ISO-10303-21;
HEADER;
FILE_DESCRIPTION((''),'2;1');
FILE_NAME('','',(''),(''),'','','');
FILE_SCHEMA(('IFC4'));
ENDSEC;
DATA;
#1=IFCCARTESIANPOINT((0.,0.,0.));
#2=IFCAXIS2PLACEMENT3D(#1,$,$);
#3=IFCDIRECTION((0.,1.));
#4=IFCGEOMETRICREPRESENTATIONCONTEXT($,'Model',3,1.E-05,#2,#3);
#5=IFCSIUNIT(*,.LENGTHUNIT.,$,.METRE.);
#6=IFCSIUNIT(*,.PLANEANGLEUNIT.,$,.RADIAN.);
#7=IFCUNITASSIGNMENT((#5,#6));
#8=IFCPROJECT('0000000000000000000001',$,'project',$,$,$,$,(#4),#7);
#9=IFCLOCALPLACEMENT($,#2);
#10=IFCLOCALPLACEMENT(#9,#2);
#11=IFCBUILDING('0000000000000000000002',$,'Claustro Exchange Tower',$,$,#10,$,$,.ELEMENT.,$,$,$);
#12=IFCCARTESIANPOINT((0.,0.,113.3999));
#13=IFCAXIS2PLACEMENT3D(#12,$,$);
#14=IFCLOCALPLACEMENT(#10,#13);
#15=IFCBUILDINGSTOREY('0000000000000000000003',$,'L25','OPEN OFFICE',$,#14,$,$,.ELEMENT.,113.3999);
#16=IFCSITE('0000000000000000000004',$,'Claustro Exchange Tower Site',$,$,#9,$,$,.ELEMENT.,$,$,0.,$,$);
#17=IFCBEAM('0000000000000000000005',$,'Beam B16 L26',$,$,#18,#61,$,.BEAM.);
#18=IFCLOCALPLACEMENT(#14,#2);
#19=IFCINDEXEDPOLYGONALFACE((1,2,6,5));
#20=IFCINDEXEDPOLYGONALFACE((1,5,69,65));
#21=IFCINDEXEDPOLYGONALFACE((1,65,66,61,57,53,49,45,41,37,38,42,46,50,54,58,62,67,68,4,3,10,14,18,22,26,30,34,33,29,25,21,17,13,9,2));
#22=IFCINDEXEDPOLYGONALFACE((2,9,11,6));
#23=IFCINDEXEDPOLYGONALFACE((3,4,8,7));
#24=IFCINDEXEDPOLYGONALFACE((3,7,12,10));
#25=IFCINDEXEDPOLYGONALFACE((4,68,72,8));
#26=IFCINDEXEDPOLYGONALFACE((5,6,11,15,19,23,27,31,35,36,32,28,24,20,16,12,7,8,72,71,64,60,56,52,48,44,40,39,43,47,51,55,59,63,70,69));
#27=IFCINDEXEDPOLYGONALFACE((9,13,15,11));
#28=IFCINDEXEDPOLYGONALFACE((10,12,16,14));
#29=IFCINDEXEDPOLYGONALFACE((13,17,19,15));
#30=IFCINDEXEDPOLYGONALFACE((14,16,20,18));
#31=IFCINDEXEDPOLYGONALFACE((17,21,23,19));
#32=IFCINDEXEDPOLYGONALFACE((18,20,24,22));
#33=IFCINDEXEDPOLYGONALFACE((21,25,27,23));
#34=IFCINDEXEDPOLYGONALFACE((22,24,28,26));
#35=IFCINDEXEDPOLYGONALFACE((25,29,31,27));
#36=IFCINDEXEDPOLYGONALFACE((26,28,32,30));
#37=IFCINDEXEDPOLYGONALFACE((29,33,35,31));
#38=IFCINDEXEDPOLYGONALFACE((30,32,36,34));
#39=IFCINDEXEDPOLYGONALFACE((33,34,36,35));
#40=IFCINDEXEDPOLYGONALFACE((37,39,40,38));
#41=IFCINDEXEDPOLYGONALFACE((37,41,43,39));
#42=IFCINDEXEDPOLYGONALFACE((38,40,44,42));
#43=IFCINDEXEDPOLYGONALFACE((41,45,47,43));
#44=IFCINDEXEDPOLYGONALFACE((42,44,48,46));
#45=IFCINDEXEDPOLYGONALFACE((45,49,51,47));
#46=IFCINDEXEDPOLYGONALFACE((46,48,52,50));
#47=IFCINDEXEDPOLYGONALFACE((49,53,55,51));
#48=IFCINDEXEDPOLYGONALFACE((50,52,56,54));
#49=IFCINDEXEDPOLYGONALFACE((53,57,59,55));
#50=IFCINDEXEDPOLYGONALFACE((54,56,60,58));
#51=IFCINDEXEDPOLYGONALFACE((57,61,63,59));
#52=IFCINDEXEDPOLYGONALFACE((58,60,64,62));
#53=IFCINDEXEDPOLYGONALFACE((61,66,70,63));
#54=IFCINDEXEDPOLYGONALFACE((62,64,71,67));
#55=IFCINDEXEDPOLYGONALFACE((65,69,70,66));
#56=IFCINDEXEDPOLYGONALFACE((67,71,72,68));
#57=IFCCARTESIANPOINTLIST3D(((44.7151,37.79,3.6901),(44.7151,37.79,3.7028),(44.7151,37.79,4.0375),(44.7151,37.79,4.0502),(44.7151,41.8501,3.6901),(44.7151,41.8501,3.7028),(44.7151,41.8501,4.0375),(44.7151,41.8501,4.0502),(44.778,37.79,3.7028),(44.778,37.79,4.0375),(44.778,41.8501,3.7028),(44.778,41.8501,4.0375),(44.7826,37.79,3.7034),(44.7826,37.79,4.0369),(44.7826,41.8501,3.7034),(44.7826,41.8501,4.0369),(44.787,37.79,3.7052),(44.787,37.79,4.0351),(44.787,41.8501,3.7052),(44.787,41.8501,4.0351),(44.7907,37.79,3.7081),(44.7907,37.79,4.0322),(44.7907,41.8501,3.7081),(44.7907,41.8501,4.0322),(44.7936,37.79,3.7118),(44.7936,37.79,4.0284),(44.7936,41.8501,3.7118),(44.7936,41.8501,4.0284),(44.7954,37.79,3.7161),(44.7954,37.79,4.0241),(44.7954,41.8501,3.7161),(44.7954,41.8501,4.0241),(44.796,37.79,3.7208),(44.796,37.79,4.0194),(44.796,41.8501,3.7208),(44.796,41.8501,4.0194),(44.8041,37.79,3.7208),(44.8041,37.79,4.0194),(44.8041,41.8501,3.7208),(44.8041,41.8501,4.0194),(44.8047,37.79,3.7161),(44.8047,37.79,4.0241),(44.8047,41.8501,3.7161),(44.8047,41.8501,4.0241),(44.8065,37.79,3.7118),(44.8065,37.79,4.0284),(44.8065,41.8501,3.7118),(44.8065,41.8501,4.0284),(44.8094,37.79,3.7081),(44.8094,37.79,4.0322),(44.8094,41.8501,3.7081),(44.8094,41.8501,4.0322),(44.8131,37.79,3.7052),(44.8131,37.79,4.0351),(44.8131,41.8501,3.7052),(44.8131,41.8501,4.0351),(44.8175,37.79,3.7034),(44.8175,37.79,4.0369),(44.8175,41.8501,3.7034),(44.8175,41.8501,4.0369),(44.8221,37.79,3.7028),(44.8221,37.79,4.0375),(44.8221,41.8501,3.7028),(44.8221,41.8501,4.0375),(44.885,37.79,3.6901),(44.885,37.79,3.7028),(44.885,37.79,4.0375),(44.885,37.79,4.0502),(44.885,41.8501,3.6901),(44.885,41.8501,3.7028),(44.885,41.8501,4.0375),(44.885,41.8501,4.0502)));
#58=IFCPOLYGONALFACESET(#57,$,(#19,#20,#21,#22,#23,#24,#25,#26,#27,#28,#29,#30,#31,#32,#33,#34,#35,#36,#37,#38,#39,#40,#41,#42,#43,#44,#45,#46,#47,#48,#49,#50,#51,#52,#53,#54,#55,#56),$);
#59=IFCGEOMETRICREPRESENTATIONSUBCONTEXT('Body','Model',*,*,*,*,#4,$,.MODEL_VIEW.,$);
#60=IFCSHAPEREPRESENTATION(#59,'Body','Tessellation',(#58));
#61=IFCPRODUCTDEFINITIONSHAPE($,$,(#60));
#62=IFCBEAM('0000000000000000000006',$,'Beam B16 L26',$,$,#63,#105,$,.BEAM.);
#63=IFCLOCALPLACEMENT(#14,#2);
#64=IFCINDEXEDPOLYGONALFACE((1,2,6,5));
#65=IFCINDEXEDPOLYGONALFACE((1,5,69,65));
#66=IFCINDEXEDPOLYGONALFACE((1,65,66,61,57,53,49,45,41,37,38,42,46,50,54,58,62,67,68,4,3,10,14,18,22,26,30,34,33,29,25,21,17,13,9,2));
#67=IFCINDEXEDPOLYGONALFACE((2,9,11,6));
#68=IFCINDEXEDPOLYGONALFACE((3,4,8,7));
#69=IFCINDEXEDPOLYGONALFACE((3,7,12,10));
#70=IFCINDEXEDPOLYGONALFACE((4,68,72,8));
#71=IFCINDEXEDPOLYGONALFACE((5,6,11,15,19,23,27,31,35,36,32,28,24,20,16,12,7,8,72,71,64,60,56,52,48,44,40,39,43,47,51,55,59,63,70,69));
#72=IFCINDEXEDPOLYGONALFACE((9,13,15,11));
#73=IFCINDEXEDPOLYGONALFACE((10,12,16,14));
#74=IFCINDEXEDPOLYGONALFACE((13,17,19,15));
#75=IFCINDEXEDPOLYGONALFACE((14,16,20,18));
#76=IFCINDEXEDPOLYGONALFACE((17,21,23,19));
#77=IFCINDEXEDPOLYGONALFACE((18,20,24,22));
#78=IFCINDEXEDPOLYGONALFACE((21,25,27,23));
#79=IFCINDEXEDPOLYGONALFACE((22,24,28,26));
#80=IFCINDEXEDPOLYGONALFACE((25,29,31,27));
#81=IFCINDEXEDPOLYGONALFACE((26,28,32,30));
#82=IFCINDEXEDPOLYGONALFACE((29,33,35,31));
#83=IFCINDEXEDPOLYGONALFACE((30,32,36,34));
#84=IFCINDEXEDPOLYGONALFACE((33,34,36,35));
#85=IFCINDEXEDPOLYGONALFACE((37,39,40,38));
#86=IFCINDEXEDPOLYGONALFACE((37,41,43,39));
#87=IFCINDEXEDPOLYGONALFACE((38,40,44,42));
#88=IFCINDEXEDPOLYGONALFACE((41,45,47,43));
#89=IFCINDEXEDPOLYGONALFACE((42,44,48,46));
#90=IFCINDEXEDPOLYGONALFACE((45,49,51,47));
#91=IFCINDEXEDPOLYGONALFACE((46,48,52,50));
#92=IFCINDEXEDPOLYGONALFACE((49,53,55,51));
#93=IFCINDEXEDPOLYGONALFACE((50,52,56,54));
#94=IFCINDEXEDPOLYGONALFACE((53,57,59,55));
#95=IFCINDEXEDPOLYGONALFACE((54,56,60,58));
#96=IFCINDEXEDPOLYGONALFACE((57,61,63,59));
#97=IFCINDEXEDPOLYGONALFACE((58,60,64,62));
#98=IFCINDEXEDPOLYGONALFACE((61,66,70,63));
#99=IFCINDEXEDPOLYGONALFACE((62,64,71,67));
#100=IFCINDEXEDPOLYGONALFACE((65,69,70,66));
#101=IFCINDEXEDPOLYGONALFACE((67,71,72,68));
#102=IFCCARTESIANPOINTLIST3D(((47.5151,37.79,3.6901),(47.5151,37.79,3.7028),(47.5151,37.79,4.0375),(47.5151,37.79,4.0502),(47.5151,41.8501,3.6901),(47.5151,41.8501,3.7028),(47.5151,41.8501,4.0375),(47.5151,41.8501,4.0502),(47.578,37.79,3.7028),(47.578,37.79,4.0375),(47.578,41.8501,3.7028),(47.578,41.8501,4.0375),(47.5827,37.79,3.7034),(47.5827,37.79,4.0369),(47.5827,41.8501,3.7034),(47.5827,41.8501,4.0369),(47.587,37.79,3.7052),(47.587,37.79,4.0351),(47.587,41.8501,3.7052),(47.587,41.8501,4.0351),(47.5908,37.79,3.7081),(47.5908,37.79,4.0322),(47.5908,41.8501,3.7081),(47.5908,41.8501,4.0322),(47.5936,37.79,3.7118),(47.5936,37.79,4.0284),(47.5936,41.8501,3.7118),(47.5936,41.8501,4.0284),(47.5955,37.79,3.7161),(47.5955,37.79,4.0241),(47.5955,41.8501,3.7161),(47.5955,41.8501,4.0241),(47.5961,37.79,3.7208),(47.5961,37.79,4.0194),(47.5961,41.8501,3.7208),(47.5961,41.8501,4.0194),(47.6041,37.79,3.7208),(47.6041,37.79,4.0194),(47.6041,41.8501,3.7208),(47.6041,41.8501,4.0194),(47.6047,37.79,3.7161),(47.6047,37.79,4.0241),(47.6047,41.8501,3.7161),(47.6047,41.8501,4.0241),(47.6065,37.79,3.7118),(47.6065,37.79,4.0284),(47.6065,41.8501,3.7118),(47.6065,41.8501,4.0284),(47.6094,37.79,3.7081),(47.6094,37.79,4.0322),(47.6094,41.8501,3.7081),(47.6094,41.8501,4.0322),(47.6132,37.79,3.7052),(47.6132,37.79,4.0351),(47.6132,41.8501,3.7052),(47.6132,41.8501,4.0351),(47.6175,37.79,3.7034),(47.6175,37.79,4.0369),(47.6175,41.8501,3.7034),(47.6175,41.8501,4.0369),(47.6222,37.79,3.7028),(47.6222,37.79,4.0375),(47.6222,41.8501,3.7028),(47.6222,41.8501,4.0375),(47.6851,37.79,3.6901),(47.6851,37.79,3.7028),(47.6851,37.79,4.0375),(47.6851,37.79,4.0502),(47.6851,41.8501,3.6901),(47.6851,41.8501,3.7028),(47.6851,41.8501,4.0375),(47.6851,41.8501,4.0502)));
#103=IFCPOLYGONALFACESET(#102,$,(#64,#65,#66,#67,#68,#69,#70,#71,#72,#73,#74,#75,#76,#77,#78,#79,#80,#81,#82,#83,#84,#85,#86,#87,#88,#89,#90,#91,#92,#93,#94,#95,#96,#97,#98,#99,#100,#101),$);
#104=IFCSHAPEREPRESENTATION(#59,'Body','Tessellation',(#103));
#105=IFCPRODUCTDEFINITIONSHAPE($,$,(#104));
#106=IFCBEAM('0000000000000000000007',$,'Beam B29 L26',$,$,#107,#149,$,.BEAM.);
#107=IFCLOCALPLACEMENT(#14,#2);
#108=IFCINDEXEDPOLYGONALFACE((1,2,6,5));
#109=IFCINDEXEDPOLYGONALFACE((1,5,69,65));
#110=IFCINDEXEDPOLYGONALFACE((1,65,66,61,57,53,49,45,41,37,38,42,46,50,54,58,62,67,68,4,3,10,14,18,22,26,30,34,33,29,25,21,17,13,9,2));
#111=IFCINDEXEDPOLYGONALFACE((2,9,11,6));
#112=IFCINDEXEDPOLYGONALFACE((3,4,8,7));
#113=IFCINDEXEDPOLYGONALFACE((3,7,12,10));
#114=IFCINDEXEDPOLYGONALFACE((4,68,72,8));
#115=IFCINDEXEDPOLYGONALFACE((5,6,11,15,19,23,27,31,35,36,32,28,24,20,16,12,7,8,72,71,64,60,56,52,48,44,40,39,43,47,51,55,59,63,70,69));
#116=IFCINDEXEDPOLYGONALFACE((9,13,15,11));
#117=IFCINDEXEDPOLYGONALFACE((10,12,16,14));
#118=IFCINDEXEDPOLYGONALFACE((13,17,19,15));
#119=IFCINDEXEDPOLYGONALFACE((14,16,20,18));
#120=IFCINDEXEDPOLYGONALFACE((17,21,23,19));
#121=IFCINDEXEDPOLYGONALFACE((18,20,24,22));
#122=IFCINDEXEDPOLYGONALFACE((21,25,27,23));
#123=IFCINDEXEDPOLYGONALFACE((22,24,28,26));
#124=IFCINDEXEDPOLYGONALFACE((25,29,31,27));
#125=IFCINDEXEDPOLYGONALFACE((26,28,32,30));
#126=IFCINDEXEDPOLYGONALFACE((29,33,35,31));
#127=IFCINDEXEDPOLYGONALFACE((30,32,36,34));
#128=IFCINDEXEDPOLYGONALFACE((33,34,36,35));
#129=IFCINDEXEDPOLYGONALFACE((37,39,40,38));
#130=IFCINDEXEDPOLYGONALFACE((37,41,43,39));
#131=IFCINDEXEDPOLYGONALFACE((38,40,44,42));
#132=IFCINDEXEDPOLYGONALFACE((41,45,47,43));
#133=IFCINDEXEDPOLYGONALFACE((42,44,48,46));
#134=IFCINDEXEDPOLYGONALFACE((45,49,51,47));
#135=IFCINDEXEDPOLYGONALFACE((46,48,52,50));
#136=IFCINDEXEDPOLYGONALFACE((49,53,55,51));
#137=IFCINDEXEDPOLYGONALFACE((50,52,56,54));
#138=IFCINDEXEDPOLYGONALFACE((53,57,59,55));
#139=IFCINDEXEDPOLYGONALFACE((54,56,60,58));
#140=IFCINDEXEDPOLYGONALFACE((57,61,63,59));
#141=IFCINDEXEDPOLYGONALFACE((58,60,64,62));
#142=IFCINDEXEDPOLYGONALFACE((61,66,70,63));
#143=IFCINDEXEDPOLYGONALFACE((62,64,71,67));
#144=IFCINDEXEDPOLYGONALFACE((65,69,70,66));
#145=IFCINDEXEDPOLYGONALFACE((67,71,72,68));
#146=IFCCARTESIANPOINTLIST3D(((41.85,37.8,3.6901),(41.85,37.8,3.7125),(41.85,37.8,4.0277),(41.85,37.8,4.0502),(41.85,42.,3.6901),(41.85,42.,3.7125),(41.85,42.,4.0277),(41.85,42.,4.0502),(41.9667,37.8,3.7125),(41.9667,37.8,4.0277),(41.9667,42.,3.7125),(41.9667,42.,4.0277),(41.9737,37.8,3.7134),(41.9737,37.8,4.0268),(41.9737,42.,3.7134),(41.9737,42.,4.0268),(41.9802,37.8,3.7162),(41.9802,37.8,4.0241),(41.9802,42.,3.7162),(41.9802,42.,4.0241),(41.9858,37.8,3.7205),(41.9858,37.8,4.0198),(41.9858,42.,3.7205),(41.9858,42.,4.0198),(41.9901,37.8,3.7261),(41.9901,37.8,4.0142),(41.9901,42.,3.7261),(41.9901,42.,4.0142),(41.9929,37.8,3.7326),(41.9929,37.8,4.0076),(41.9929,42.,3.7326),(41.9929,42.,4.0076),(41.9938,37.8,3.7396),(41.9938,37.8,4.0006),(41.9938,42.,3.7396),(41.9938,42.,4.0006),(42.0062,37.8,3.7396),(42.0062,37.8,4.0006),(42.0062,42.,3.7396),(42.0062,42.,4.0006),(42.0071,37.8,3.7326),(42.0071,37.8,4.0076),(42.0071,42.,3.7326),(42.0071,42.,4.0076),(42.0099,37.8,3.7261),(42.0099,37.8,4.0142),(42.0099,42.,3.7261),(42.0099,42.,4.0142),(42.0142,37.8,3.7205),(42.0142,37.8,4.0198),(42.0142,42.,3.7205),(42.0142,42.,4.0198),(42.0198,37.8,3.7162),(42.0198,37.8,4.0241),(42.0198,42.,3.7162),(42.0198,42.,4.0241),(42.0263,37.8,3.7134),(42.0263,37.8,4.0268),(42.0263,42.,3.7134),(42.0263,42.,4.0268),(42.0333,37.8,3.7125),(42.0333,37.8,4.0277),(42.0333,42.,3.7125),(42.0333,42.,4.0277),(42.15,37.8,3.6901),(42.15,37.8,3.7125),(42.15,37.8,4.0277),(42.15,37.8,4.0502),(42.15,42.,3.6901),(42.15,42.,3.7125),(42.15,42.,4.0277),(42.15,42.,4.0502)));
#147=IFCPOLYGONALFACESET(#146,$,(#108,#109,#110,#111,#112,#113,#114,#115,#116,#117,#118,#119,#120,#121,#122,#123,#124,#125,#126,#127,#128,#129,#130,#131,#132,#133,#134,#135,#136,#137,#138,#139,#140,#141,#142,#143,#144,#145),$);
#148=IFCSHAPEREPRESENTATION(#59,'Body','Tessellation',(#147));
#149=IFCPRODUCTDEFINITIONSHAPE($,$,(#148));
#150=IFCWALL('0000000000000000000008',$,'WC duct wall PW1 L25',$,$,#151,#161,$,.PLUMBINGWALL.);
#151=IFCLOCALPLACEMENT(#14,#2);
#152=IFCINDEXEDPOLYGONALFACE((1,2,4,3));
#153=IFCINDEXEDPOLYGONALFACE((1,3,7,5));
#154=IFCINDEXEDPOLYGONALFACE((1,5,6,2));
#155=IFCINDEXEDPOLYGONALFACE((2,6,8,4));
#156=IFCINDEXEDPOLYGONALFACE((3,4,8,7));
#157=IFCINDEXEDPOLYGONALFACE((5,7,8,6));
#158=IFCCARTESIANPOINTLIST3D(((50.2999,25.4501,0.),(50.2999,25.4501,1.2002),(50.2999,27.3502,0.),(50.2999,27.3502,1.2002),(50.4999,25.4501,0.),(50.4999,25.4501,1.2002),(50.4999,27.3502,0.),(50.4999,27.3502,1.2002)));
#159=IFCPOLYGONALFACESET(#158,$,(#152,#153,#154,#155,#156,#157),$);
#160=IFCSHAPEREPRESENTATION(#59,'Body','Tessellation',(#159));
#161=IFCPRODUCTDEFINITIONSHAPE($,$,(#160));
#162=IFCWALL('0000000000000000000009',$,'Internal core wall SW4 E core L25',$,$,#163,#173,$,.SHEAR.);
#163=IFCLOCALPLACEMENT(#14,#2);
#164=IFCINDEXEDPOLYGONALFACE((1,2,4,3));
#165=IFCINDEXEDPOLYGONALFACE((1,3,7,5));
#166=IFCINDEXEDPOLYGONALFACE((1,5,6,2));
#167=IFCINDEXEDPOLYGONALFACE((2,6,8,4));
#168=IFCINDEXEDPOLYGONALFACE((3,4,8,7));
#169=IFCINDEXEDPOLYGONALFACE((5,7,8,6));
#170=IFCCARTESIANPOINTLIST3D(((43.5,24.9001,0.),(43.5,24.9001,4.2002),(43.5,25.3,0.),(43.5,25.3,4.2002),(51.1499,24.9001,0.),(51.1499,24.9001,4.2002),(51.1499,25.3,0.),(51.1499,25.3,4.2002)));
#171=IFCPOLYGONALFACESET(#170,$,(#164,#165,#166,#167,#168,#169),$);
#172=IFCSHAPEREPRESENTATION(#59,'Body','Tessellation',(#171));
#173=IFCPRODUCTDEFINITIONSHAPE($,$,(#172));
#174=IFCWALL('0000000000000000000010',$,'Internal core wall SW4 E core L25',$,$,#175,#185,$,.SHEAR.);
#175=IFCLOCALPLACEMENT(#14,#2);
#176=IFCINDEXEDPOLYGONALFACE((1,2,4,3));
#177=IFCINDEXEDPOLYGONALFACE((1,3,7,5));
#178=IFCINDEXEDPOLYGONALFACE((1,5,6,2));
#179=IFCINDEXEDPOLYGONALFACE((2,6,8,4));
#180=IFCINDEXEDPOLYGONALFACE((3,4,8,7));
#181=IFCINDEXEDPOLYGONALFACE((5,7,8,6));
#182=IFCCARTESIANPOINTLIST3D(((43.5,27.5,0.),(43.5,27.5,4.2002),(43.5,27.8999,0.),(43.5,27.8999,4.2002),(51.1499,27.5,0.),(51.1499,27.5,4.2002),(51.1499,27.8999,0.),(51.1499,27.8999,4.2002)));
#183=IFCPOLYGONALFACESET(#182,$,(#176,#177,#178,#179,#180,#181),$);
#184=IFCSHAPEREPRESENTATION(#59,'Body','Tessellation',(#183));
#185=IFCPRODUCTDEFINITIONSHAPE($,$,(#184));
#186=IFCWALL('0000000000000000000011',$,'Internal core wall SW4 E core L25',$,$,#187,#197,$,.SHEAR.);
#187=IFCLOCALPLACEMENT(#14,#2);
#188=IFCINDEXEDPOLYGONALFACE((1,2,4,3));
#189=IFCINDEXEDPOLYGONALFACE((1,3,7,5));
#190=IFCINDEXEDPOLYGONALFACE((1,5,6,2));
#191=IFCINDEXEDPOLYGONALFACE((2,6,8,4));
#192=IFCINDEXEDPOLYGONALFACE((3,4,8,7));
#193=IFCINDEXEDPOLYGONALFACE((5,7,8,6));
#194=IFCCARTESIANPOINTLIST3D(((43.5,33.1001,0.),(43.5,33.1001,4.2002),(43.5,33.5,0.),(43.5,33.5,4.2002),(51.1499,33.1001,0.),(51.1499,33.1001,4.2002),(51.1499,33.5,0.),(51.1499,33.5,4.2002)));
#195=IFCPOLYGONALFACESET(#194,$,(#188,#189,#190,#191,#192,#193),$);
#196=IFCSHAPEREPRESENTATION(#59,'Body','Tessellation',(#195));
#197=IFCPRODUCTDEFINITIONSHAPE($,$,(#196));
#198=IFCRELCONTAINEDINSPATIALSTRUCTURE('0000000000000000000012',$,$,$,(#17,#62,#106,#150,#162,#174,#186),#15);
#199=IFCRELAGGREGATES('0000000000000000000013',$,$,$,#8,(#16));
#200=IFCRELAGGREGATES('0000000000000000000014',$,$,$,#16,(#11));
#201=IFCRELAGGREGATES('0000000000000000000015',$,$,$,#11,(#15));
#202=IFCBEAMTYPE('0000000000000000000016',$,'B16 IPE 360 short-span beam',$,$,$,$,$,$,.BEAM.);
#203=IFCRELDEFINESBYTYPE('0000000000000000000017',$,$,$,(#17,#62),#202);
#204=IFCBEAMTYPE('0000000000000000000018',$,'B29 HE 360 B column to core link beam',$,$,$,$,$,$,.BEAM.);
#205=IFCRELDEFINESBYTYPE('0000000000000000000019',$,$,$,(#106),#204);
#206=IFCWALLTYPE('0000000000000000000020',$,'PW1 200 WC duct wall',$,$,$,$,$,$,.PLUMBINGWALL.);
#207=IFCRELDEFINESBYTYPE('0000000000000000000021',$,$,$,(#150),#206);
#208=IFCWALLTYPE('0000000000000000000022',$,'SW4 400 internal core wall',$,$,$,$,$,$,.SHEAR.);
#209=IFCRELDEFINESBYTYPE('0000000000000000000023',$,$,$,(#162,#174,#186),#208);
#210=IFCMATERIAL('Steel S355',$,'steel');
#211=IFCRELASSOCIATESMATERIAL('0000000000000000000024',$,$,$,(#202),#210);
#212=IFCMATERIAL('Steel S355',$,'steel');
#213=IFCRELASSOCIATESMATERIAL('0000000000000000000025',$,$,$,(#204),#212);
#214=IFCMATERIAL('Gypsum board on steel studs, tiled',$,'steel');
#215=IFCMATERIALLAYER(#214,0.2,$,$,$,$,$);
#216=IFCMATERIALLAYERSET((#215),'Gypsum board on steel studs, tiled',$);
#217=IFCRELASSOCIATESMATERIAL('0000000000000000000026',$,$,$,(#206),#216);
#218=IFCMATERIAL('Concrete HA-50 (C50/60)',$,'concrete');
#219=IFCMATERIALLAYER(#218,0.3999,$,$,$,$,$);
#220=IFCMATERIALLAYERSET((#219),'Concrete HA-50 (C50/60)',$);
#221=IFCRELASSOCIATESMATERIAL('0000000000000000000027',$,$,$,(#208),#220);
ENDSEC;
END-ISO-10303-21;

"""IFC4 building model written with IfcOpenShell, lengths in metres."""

from ifc_helpers import new_model, si_unit, direction, frame, frame_2d, origin, origin_2d, place, context, subcontext, project, spatial, rectangle, i_section, extrude, material, layer, layer_set, material_profile, profile_set, type_object, element, save


model = new_model("IFC4")

# Units and contexts
model_context = context("Model", 3, precision=1e-05, world=origin(), true_north=direction((0.0, 1.0)))
body_context = subcontext(model_context, "Body", "Model", "MODEL_VIEW")
ifc_project = project(units=[si_unit("LENGTHUNIT", "METRE"), si_unit("PLANEANGLEUNIT", "RADIAN")], contexts=[model_context])

# Site, building, storey
site_placement = place(None, origin())
site = spatial("IfcSite", under=ifc_project, at=site_placement, Name="Claustro Exchange Tower Site", CompositionType="ELEMENT", RefElevation=0.0)
building_placement = place(site_placement, origin())
building = spatial("IfcBuilding", under=site, at=building_placement, Name="Claustro Exchange Tower", CompositionType="ELEMENT")
storey_placement = place(building_placement, frame((0.0, 0.0, 113.3999)))
storey = spatial("IfcBuildingStorey", under=building, at=storey_placement, Name="L25", Description="OPEN OFFICE", CompositionType="ELEMENT", Elevation=113.3999)

# Beams
ifc_material_1 = material(Name="Steel S355", Category="steel")
ifc_material_profile_1 = material_profile(ifc_material_1, i_section(OverallWidth=0.1699, OverallDepth=0.3601, WebThickness=0.0081, FlangeThickness=0.0127, FilletRadius=0.0181, at=origin_2d()), Name="IPE 360")
ifc_profile_set_1 = profile_set([ifc_material_profile_1], Name="Steel S355")
beam_type_1 = type_object("IfcBeamType", Name="B16 IPE 360 short-span beam", PredefinedType="BEAM", material=ifc_profile_set_1)
for number, where, z_axis, x_axis, name in (
    (1, (44.8, 37.79, 3.8701), (0.0, 1.0, 0.0), (-1.0, 0.0, 0.0), "Beam B16 L26"),
    (2, (47.6001, 37.79, 3.8701), (0.0, 1.0, 0.0), (-1.0, 0.0, 0.0), "Beam B16 L26"),
):
    element("IfcBeam", number, at=place(storey_placement, frame(where, z_axis=z_axis, x_axis=x_axis)), inside=storey, type_object=beam_type_1, Name=name, PredefinedType="BEAM", context=body_context, shape_type="SweptSolid", body=[
        extrude(i_section(OverallWidth=0.1699, OverallDepth=0.3601, WebThickness=0.0081, FlangeThickness=0.0127, FilletRadius=0.0181, at=origin_2d()), origin(), (0.0, 0.0, 1.0), 4.0601),
    ])
ifc_material_2 = material(Name="Steel S355", Category="steel")
ifc_material_profile_2 = material_profile(ifc_material_2, i_section(OverallWidth=0.3, OverallDepth=0.3601, WebThickness=0.0125, FlangeThickness=0.0225, FilletRadius=0.0271, at=origin_2d()), Name="HE 360 B")
ifc_profile_set_2 = profile_set([ifc_material_profile_2], Name="Steel S355")
beam_type_2 = type_object("IfcBeamType", Name="B29 HE 360 B column to core link beam", PredefinedType="BEAM", material=ifc_profile_set_2)
beam_placement = place(storey_placement, frame((42.0, 37.8, 3.8701), z_axis=(0.0, 1.0, 0.0), x_axis=(-1.0, 0.0, 0.0)))
element("IfcBeam", 3, at=beam_placement, inside=storey, type_object=beam_type_2, Name="Beam B29 L26", PredefinedType="BEAM", context=body_context, shape_type="SweptSolid", body=[
    extrude(i_section(OverallWidth=0.3, OverallDepth=0.3601, WebThickness=0.0125, FlangeThickness=0.0225, FilletRadius=0.0271, at=origin_2d()), origin(), (0.0, 0.0, 1.0), 4.2),
])

# Walls
ifc_material_3 = material(Name="Gypsum board on steel studs, tiled", Category="steel")
ifc_layer_1 = layer(ifc_material_3, 0.2)
ifc_layer_set_1 = layer_set([ifc_layer_1], Name="Gypsum board on steel studs, tiled")
wall_type_1 = type_object("IfcWallType", Name="PW1 200 WC duct wall", PredefinedType="PLUMBINGWALL", material=ifc_layer_set_1)
wall_1_placement = place(storey_placement, frame((50.3999, 25.45, 0.0), z_axis=(0.0, 0.0, 1.0), x_axis=(0.0, 1.0, 0.0)))
element("IfcWall", 4, at=wall_1_placement, inside=storey, type_object=wall_type_1, Name="WC duct wall PW1 L25", PredefinedType="PLUMBINGWALL", context=body_context, shape_type="SweptSolid", body=[
    extrude(rectangle(XDim=1.9001, YDim=0.2, at=frame_2d((0.9502, 0.0))), origin(), (0.0, 0.0, 1.0), 1.2002),
])
ifc_material_4 = material(Name="Concrete HA-50 (C50/60)", Category="concrete")
ifc_layer_2 = layer(ifc_material_4, 0.3999)
ifc_layer_set_2 = layer_set([ifc_layer_2], Name="Concrete HA-50 (C50/60)")
wall_type_2 = type_object("IfcWallType", Name="SW4 400 internal core wall", PredefinedType="SHEAR", material=ifc_layer_set_2)
for number, where, z_axis, x_axis, name in (
    (5, (51.1499, 25.1001, 0.0), (0.0, 0.0, 1.0), (-1.0, 0.0, 0.0), "Internal core wall SW4 E core L25"),
    (6, (51.1499, 27.7, 0.0), (0.0, 0.0, 1.0), (-1.0, 0.0, 0.0), "Internal core wall SW4 E core L25"),
    (7, (51.1499, 33.3, 0.0), (0.0, 0.0, 1.0), (-1.0, 0.0, 0.0), "Internal core wall SW4 E core L25"),
):
    element("IfcWall", number, at=place(storey_placement, frame(where, z_axis=z_axis, x_axis=x_axis)), inside=storey, type_object=wall_type_2, Name=name, PredefinedType="SHEAR", context=body_context, shape_type="SweptSolid", body=[
        extrude(rectangle(XDim=7.6499, YDim=0.3999, at=frame_2d((3.825, 0.0))), origin(), (0.0, 0.0, 1.0), 4.2002),
    ])

save(model, "model.ifc")
